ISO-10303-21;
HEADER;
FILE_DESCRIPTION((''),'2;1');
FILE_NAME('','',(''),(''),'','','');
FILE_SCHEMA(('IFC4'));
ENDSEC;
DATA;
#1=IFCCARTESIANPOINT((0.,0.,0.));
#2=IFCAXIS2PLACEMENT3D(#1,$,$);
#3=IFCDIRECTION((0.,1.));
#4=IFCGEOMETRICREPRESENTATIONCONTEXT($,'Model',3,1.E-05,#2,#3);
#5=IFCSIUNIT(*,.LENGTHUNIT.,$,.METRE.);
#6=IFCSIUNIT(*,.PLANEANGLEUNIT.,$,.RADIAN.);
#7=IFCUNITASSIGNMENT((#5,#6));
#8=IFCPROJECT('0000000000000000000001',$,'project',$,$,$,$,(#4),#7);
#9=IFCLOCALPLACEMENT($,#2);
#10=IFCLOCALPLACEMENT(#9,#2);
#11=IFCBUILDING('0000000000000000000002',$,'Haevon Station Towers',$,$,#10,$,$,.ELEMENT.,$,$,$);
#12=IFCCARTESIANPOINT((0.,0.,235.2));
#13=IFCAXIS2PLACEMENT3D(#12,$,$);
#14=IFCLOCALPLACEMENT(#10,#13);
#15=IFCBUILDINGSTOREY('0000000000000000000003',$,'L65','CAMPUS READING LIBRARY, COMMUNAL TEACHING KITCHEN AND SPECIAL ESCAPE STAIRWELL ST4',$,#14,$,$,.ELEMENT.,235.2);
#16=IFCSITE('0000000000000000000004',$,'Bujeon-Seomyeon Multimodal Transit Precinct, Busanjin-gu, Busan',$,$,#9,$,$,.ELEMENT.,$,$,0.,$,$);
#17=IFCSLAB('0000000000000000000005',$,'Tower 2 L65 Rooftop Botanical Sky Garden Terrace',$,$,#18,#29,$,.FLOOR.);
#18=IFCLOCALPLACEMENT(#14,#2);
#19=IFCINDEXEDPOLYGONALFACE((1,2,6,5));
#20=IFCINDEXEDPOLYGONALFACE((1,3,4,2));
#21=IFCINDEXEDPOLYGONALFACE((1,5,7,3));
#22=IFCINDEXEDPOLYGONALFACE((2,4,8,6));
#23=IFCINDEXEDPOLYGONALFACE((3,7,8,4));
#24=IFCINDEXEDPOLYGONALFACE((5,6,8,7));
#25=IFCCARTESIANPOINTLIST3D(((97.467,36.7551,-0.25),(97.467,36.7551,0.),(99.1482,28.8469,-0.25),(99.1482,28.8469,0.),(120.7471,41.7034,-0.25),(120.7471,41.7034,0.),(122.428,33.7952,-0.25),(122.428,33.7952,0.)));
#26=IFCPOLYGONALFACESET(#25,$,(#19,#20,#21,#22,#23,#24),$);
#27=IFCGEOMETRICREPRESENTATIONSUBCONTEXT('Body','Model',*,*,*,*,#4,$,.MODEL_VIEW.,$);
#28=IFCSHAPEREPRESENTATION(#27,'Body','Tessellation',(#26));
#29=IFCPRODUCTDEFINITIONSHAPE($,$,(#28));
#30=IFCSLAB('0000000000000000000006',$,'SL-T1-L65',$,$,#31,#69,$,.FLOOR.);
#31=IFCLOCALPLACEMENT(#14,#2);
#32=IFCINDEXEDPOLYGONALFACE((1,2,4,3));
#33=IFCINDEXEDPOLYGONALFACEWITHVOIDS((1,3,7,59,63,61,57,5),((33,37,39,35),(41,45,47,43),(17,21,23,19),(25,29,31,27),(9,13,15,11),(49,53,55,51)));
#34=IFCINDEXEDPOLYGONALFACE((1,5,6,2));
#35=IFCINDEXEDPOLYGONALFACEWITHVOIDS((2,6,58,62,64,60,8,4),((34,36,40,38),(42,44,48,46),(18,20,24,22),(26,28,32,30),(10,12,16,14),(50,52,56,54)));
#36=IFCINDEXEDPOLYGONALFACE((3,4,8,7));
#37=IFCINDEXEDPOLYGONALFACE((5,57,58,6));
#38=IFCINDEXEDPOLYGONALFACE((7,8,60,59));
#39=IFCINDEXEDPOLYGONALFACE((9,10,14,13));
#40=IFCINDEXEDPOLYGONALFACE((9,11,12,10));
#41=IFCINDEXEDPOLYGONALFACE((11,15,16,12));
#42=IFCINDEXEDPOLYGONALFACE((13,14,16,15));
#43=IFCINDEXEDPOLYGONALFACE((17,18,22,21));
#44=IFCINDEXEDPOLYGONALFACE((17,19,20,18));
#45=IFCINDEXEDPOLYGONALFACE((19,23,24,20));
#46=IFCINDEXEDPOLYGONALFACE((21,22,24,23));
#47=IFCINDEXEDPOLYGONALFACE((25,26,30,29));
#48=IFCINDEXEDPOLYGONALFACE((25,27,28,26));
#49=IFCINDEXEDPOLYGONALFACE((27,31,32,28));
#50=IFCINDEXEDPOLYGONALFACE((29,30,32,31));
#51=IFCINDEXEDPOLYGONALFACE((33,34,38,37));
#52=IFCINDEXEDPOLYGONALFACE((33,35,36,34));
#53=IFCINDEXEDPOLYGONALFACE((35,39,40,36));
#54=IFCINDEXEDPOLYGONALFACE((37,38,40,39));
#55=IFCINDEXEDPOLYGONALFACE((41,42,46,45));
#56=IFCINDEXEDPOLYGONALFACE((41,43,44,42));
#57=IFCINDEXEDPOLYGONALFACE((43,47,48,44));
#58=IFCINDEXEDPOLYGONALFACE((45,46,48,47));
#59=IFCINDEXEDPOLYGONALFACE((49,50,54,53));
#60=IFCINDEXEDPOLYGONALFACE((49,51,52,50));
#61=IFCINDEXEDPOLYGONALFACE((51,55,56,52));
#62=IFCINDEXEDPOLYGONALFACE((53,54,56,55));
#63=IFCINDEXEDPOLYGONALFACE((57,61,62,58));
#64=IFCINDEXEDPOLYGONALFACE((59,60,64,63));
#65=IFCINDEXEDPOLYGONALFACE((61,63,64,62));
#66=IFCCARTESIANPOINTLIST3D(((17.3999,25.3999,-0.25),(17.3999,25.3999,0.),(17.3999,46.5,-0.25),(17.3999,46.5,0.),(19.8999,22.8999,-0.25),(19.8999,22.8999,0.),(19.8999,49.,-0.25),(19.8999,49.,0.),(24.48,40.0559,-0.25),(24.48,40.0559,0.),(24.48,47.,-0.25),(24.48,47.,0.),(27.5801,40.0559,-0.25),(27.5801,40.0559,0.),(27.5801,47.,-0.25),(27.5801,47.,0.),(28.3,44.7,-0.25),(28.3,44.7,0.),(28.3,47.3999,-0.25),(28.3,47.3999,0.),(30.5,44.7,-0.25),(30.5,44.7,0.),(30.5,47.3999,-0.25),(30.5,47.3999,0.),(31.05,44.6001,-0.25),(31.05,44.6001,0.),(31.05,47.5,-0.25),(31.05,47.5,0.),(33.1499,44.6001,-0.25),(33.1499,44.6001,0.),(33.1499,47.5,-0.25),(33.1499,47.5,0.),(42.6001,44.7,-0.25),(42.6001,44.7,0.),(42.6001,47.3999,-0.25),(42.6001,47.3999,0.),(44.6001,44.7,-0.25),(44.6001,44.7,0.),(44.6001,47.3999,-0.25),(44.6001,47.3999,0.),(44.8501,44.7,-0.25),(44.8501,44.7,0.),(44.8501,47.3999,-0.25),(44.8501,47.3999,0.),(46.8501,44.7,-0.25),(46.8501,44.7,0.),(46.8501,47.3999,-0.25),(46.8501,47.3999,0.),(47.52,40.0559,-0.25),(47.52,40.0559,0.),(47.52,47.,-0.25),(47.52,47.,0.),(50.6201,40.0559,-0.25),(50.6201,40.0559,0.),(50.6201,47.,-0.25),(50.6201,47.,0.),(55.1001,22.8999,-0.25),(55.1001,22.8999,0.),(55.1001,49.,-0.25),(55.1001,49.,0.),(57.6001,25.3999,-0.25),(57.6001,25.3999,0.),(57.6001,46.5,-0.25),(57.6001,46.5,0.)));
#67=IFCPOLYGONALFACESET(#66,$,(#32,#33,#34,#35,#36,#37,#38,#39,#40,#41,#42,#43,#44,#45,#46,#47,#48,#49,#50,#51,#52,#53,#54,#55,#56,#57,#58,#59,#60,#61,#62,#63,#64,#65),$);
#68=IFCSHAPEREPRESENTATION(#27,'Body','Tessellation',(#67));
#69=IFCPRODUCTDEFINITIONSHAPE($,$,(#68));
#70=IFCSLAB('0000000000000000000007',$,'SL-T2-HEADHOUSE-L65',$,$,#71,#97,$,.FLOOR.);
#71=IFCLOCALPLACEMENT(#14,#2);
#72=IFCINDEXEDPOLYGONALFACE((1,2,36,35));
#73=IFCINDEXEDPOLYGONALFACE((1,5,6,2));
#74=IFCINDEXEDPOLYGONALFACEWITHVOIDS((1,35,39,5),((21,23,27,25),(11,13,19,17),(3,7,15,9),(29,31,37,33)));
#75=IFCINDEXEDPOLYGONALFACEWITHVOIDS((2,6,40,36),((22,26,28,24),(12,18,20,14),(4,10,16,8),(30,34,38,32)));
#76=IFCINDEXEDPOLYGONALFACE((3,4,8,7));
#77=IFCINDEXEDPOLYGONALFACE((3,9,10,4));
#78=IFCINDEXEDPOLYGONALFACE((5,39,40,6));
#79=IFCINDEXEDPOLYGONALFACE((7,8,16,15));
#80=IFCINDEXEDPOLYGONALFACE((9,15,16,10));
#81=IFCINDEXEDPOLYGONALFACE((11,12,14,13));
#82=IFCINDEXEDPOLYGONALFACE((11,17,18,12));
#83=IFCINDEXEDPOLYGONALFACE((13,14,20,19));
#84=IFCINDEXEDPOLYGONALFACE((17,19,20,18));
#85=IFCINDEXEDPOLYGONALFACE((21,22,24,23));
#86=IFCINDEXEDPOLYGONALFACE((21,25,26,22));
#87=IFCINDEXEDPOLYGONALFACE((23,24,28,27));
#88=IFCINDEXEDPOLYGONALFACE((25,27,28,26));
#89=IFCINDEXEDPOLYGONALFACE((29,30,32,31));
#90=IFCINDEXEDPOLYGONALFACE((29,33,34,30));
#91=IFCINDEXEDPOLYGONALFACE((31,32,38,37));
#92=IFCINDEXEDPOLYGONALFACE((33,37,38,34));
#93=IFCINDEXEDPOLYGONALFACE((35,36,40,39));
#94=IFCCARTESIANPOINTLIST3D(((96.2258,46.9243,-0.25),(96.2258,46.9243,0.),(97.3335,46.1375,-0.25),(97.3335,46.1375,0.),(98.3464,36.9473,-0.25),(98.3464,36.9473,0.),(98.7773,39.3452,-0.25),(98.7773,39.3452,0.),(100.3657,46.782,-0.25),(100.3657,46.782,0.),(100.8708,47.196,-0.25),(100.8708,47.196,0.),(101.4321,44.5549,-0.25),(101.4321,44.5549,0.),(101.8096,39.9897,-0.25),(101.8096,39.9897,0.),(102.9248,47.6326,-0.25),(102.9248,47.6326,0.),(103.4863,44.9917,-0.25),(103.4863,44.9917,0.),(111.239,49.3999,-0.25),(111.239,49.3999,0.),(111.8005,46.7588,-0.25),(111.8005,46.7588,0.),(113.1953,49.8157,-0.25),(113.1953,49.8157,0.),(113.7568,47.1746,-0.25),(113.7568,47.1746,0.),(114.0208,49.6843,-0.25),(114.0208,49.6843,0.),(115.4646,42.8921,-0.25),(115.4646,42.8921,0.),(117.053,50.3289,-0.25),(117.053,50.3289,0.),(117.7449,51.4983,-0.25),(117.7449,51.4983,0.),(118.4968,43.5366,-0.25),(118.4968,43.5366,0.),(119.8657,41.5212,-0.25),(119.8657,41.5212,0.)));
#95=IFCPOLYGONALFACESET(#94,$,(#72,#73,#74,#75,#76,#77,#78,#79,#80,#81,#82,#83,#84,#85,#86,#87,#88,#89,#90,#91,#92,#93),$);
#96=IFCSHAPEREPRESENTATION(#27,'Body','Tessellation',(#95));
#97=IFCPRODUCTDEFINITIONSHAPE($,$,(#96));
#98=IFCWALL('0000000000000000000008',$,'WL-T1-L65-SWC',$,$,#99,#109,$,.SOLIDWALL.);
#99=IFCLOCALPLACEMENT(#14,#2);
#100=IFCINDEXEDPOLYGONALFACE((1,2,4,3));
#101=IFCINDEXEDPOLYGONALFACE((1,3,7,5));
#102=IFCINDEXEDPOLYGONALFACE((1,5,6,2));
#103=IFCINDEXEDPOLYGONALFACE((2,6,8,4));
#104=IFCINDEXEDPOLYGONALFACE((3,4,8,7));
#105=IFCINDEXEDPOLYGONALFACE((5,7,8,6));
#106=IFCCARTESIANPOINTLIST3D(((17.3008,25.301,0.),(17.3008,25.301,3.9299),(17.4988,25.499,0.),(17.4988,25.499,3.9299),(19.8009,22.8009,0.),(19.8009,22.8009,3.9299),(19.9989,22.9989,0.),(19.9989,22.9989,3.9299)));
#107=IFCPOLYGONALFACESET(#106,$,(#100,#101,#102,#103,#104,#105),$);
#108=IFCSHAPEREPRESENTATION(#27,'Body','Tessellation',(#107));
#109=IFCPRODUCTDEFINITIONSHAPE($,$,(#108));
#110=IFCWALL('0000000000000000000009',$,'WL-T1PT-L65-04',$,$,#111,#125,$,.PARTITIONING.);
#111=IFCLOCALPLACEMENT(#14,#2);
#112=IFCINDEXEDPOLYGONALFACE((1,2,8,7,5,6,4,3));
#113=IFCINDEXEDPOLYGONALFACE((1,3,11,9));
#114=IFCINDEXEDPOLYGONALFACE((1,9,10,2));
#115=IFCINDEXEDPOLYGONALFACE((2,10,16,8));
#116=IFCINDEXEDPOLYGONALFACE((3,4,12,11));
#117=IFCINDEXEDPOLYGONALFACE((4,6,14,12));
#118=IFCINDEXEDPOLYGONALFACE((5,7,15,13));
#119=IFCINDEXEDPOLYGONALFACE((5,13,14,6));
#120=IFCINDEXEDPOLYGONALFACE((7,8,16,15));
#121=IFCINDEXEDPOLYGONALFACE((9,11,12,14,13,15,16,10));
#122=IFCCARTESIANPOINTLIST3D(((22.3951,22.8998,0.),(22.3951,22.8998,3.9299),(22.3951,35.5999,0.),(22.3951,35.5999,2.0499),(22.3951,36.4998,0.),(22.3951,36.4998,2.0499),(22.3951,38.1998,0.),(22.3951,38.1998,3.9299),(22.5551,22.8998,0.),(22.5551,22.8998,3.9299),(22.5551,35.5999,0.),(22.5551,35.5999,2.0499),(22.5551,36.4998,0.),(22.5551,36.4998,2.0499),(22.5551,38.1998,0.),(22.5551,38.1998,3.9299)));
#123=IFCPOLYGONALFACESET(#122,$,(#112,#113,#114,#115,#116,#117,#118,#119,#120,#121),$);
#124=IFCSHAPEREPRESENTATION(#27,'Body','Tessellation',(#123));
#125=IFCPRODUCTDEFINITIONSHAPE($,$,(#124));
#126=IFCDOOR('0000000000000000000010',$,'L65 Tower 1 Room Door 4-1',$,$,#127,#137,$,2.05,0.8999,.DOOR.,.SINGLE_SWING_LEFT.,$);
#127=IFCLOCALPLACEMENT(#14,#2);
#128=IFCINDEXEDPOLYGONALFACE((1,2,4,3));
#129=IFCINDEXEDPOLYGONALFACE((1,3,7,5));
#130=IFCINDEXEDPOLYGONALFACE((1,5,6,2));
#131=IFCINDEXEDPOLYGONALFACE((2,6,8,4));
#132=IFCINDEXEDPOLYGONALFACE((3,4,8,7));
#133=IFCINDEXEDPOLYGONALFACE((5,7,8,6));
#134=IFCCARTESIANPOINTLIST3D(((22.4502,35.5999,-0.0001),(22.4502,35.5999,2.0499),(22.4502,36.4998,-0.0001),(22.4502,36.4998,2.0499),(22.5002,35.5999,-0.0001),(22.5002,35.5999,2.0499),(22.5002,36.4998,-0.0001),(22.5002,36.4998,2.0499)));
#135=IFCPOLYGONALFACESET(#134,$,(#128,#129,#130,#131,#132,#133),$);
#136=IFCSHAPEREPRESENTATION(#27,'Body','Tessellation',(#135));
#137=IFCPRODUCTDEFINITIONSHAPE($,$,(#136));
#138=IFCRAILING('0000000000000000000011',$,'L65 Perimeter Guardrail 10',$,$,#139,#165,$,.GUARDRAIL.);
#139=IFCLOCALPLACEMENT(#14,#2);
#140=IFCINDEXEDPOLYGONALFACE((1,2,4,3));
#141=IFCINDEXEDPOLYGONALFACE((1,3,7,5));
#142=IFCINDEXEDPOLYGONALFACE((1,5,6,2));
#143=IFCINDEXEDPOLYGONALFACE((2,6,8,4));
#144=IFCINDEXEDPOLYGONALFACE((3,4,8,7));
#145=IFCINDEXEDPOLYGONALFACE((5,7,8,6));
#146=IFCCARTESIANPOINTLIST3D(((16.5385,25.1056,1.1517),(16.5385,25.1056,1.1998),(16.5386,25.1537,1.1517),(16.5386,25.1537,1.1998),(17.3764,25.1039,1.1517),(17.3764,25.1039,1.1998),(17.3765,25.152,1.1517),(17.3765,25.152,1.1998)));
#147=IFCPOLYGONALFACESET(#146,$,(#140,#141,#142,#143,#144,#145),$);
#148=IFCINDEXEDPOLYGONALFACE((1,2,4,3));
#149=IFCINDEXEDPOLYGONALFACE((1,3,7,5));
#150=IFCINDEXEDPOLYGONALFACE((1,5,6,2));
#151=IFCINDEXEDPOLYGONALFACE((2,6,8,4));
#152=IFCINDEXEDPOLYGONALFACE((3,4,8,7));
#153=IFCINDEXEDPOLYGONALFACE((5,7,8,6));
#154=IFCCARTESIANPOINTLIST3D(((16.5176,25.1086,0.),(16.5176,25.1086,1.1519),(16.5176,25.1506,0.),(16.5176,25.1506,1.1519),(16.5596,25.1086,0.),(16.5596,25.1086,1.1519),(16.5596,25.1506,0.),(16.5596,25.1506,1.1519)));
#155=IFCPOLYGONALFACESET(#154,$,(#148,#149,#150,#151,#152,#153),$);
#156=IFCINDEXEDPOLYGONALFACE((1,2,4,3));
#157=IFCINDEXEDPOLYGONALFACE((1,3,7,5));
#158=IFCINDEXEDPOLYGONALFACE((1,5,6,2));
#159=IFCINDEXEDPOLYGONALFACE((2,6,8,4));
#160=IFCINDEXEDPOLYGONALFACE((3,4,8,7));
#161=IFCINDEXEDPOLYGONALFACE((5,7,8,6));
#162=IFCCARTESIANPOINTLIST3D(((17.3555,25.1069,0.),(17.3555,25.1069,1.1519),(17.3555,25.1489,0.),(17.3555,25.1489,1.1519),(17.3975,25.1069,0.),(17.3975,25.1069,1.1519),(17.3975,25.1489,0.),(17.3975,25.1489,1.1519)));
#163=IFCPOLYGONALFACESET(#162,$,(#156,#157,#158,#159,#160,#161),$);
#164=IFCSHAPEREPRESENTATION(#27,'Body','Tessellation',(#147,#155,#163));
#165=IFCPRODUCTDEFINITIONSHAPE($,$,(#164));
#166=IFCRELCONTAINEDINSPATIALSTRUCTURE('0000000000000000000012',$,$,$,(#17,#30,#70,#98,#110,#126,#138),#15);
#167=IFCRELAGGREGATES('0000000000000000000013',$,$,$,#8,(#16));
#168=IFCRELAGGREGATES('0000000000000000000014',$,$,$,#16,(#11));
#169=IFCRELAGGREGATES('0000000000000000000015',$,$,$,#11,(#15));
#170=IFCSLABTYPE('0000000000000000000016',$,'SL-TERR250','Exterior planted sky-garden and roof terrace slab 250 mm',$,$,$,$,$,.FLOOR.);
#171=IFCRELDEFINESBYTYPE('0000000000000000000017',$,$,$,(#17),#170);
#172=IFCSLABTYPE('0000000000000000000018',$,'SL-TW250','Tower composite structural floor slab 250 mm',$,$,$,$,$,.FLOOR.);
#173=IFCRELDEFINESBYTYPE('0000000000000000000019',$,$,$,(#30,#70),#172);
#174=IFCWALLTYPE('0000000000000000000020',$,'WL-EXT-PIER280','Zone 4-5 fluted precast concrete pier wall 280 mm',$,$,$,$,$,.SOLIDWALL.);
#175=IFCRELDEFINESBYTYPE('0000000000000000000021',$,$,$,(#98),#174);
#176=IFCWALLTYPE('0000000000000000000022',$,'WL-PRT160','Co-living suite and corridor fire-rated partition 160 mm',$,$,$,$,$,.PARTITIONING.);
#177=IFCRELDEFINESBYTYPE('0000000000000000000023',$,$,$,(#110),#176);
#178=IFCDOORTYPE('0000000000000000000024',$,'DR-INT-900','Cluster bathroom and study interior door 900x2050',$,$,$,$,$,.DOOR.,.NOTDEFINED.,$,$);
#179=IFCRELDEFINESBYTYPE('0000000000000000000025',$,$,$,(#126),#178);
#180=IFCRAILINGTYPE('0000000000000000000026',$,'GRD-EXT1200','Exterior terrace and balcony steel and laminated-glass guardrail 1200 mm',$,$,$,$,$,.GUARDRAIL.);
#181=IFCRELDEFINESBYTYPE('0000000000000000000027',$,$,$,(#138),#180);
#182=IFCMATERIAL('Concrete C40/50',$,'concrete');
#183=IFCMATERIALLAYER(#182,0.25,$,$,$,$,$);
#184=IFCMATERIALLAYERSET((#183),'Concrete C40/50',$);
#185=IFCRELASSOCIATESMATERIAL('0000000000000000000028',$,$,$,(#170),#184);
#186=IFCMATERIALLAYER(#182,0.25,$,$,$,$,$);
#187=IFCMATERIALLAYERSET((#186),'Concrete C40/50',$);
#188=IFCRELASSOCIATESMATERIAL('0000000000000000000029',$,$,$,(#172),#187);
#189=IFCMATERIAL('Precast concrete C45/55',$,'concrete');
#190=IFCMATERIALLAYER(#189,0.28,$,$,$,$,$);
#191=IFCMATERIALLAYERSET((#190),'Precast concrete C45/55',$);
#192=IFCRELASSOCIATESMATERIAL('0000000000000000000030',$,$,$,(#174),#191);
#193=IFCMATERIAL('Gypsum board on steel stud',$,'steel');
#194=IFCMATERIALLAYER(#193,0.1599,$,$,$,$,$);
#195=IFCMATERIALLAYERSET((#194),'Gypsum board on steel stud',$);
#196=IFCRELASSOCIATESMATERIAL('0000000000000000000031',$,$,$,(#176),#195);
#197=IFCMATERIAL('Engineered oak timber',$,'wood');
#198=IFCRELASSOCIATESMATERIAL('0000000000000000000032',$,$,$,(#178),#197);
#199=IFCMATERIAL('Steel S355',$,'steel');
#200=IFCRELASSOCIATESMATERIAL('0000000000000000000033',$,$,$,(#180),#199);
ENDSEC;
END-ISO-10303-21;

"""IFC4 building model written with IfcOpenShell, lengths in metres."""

from ifc_helpers import new_model, si_unit, direction, frame, frame_2d, origin, origin_2d, place, context, subcontext, project, spatial, polyline, rectangle, outline, extrude, material, layer, layer_set, type_object, element, fill, save


model = new_model("IFC4")

# Units and contexts
model_context = context("Model", 3, precision=1e-05, world=origin(), true_north=direction((0.0, 1.0)))
body_context = subcontext(model_context, "Body", "Model", "MODEL_VIEW")
ifc_project = project(units=[si_unit("LENGTHUNIT", "METRE"), si_unit("PLANEANGLEUNIT", "RADIAN")], contexts=[model_context])

# Site, building, storey
site_placement = place(None, origin())
site = spatial("IfcSite", under=ifc_project, at=site_placement, Name="Bujeon-Seomyeon Multimodal Transit Precinct, Busanjin-gu, Busan", CompositionType="ELEMENT", RefElevation=0.0)
building_placement = place(site_placement, origin())
building = spatial("IfcBuilding", under=site, at=building_placement, Name="Haevon Station Towers", CompositionType="ELEMENT")
storey_placement = place(building_placement, frame((0.0, 0.0, 235.2)))
storey = spatial("IfcBuildingStorey", under=building, at=storey_placement, Name="L65", Description="CAMPUS READING LIBRARY, COMMUNAL TEACHING KITCHEN AND SPECIAL ESCAPE STAIRWELL ST4", CompositionType="ELEMENT", Elevation=235.2)

# Shared definitions
ifc_material_1 = material(Name="Steel S355", Category="steel")

# Shared definitions
ifc_material_2 = material(Name="Concrete C40/50", Category="concrete")

# Slabs
ifc_layer_1 = layer(ifc_material_2, 0.25)
ifc_layer_set_1 = layer_set([ifc_layer_1], Name="Concrete C40/50")
slab_type_1 = type_object("IfcSlabType", Name="SL-TERR250", Description="Exterior planted sky-garden and roof terrace slab 250 mm", PredefinedType="FLOOR", material=ifc_layer_set_1)
slab_1_placement = place(storey_placement, frame((0.0, 0.0, -0.25)))
element("IfcSlab", 1, at=slab_1_placement, inside=storey, type_object=slab_type_1, Name="Tower 2 L65 Rooftop Botanical Sky Garden Terrace", PredefinedType="FLOOR", context=body_context, shape_type="SweptSolid", body=[
    extrude(outline(polyline([(99.1482, 28.8469), (122.428, 33.7952), (120.7471, 41.7034), (97.467, 36.7551), (99.1482, 28.8469)])), origin(), (0.0, 0.0, 1.0), 0.25),
])
ifc_layer_2 = layer(ifc_material_2, 0.25)
ifc_layer_set_2 = layer_set([ifc_layer_2], Name="Concrete C40/50")
slab_type_2 = type_object("IfcSlabType", Name="SL-TW250", Description="Tower composite structural floor slab 250 mm", PredefinedType="FLOOR", material=ifc_layer_set_2)
slab_2_placement = place(storey_placement, frame((0.0, 0.0, -0.25)))
element("IfcSlab", 2, at=slab_2_placement, inside=storey, type_object=slab_type_2, Name="SL-T1-L65", PredefinedType="FLOOR", context=body_context, shape_type="SweptSolid", body=[
    extrude(outline(polyline([(19.8999, 22.8999), (55.1001, 22.8999), (57.6001, 25.3999), (57.6001, 46.5), (55.1001, 49.0), (19.8999, 49.0), (17.3999, 46.5), (17.3999, 25.3999), (19.8999, 22.8999)]), holes=[polyline([(27.5801, 40.0559), (27.5801, 47.0), (24.48, 47.0), (24.48, 40.0559), (27.5801, 40.0559)]), polyline([(50.6201, 40.0559), (50.6201, 47.0), (47.52, 47.0), (47.52, 40.0559), (50.6201, 40.0559)]), polyline([(28.3, 44.7), (30.5, 44.7), (30.5, 47.3999), (28.3, 47.3999), (28.3, 44.7)]), polyline([(31.05, 44.6001), (33.1499, 44.6001), (33.1499, 47.5), (31.05, 47.5), (31.05, 44.6001)]), polyline([(42.6001, 44.7), (44.6001, 44.7), (44.6001, 47.3999), (42.6001, 47.3999), (42.6001, 44.7)]), polyline([(44.8501, 44.7), (46.8501, 44.7), (46.8501, 47.3999), (44.8501, 47.3999), (44.8501, 44.7)])]), origin(), (0.0, 0.0, 1.0), 0.25),
])
slab_3_placement = place(storey_placement, frame((0.0, 0.0, -0.25)))
element("IfcSlab", 3, at=slab_3_placement, inside=storey, type_object=slab_type_2, Name="SL-T2-HEADHOUSE-L65", PredefinedType="FLOOR", context=body_context, shape_type="SweptSolid", body=[
    extrude(outline(polyline([(98.3464, 36.9473), (119.8657, 41.5212), (117.7449, 51.4983), (96.2258, 46.9243), (98.3464, 36.9473)]), holes=[polyline([(101.8096, 39.9897), (100.3657, 46.782), (97.3335, 46.1375), (98.7773, 39.3452), (101.8096, 39.9897)]), polyline([(118.4968, 43.5366), (117.053, 50.3289), (114.0208, 49.6843), (115.4646, 42.8921), (118.4968, 43.5366)]), polyline([(101.4321, 44.5549), (103.4863, 44.9917), (102.9248, 47.6326), (100.8708, 47.196), (101.4321, 44.5549)]), polyline([(111.8005, 46.7588), (113.7568, 47.1746), (113.1953, 49.8157), (111.239, 49.3999), (111.8005, 46.7588)])]), origin(), (0.0, 0.0, 1.0), 0.25),
])

# Wall
ifc_material_3 = material(Name="Precast concrete C45/55", Category="concrete")
ifc_layer_3 = layer(ifc_material_3, 0.28)
ifc_layer_set_3 = layer_set([ifc_layer_3], Name="Precast concrete C45/55")
wall_type_1 = type_object("IfcWallType", Name="WL-EXT-PIER280", Description="Zone 4-5 fluted precast concrete pier wall 280 mm", PredefinedType="SOLIDWALL", material=ifc_layer_set_3)
wall_1_placement = place(storey_placement, frame((19.8999, 22.8999, 0.0), z_axis=(0.0, 0.0, 1.0), x_axis=(-0.707107, 0.707107, 0.0)))
element("IfcWall", 4, at=wall_1_placement, inside=storey, type_object=wall_type_1, Name="WL-T1-L65-SWC", PredefinedType="SOLIDWALL", context=body_context, shape_type="SweptSolid", body=[
    extrude(rectangle(XDim=3.5356, YDim=0.28, at=frame_2d((1.7678, 0.0))), origin(), (0.0, 0.0, 1.0), 3.9299),
])

# Wall, opening, door
ifc_material_4 = material(Name="Gypsum board on steel stud", Category="steel")
ifc_layer_4 = layer(ifc_material_4, 0.1599)
ifc_layer_set_4 = layer_set([ifc_layer_4], Name="Gypsum board on steel stud")
wall_type_2 = type_object("IfcWallType", Name="WL-PRT160", Description="Co-living suite and corridor fire-rated partition 160 mm", PredefinedType="PARTITIONING", material=ifc_layer_set_4)
wall_2_placement = place(storey_placement, frame((22.4751, 22.8999, 0.0), z_axis=(0.0, 0.0, 1.0), x_axis=(0.0, 1.0, 0.0)))
wall_2 = element("IfcWall", 5, at=wall_2_placement, inside=storey, type_object=wall_type_2, Name="WL-T1PT-L65-04", PredefinedType="PARTITIONING", context=body_context, shape_type="SweptSolid", body=[
    extrude(rectangle(XDim=15.3, YDim=0.1599, at=frame_2d((7.6499, 0.0))), origin(), (0.0, 0.0, 1.0), 3.9299),
])
opening_placement = place(wall_2_placement, frame((12.7, 0.0, 0.0)))
opening = element("IfcOpeningElement", 6, at=opening_placement, cuts=wall_2, PredefinedType="OPENING", context=body_context, shape_type="SweptSolid", body=[
    extrude(rectangle(XDim=0.8999, YDim=2.05, at=frame_2d((0.45, 1.0249))), frame((0.0, 0.0898, 0.0), z_axis=(0.0, -1.0, 0.0), x_axis=(1.0, 0.0, 0.0)), (0.0, 0.0, 1.0), 0.1799),
])
ifc_material_5 = material(Name="Engineered oak timber", Category="wood")
door_type = type_object("IfcDoorType", Name="DR-INT-900", Description="Cluster bathroom and study interior door 900x2050", OperationType="NOTDEFINED", PredefinedType="DOOR", material=ifc_material_5)
door_placement = place(opening_placement, origin())
door = element("IfcDoor", 7, at=door_placement, inside=storey, type_object=door_type, Name="L65 Tower 1 Room Door 4-1", OperationType="SINGLE_SWING_LEFT", OverallHeight=2.05, OverallWidth=0.8999, PredefinedType="DOOR", context=body_context, shape_type="SweptSolid", body=[
    extrude(rectangle(XDim=0.8999, YDim=2.05, at=frame_2d((0.45, 1.0249))), frame((0.0, 0.0249, 0.0), z_axis=(0.0, -1.0, 0.0), x_axis=(1.0, 0.0, 0.0)), (0.0, 0.0, 1.0), 0.05),
])
fill(opening, door)

# Railing
railing_type = type_object("IfcRailingType", Name="GRD-EXT1200", Description="Exterior terrace and balcony steel and laminated-glass guardrail 1200 mm", PredefinedType="GUARDRAIL", material=ifc_material_1)
railing_placement = place(storey_placement, frame((16.5386, 25.1296, 0.0)))
element("IfcRailing", 8, at=railing_placement, inside=storey, type_object=railing_type, Name="L65 Perimeter Guardrail 10", PredefinedType="GUARDRAIL", context=body_context, shape_type="SweptSolid", body=[
    extrude(rectangle(XDim=0.0481, YDim=0.0481, at=origin_2d()), frame((0.0, 0.0, 1.1758), z_axis=(0.999998, -0.00204, 0.0), x_axis=(0.00204, 0.999998, 0.0)), (0.0, 0.0, 1.0), 0.8379),
    extrude(rectangle(XDim=0.042, YDim=0.042, at=origin_2d()), origin(), (0.0, 0.0, 1.0), 1.1519),
    extrude(rectangle(XDim=0.042, YDim=0.042, at=origin_2d()), frame((0.8379, -0.0017, 0.0)), (0.0, 0.0, 1.0), 1.1519),
])

save(model, "model.ifc")
